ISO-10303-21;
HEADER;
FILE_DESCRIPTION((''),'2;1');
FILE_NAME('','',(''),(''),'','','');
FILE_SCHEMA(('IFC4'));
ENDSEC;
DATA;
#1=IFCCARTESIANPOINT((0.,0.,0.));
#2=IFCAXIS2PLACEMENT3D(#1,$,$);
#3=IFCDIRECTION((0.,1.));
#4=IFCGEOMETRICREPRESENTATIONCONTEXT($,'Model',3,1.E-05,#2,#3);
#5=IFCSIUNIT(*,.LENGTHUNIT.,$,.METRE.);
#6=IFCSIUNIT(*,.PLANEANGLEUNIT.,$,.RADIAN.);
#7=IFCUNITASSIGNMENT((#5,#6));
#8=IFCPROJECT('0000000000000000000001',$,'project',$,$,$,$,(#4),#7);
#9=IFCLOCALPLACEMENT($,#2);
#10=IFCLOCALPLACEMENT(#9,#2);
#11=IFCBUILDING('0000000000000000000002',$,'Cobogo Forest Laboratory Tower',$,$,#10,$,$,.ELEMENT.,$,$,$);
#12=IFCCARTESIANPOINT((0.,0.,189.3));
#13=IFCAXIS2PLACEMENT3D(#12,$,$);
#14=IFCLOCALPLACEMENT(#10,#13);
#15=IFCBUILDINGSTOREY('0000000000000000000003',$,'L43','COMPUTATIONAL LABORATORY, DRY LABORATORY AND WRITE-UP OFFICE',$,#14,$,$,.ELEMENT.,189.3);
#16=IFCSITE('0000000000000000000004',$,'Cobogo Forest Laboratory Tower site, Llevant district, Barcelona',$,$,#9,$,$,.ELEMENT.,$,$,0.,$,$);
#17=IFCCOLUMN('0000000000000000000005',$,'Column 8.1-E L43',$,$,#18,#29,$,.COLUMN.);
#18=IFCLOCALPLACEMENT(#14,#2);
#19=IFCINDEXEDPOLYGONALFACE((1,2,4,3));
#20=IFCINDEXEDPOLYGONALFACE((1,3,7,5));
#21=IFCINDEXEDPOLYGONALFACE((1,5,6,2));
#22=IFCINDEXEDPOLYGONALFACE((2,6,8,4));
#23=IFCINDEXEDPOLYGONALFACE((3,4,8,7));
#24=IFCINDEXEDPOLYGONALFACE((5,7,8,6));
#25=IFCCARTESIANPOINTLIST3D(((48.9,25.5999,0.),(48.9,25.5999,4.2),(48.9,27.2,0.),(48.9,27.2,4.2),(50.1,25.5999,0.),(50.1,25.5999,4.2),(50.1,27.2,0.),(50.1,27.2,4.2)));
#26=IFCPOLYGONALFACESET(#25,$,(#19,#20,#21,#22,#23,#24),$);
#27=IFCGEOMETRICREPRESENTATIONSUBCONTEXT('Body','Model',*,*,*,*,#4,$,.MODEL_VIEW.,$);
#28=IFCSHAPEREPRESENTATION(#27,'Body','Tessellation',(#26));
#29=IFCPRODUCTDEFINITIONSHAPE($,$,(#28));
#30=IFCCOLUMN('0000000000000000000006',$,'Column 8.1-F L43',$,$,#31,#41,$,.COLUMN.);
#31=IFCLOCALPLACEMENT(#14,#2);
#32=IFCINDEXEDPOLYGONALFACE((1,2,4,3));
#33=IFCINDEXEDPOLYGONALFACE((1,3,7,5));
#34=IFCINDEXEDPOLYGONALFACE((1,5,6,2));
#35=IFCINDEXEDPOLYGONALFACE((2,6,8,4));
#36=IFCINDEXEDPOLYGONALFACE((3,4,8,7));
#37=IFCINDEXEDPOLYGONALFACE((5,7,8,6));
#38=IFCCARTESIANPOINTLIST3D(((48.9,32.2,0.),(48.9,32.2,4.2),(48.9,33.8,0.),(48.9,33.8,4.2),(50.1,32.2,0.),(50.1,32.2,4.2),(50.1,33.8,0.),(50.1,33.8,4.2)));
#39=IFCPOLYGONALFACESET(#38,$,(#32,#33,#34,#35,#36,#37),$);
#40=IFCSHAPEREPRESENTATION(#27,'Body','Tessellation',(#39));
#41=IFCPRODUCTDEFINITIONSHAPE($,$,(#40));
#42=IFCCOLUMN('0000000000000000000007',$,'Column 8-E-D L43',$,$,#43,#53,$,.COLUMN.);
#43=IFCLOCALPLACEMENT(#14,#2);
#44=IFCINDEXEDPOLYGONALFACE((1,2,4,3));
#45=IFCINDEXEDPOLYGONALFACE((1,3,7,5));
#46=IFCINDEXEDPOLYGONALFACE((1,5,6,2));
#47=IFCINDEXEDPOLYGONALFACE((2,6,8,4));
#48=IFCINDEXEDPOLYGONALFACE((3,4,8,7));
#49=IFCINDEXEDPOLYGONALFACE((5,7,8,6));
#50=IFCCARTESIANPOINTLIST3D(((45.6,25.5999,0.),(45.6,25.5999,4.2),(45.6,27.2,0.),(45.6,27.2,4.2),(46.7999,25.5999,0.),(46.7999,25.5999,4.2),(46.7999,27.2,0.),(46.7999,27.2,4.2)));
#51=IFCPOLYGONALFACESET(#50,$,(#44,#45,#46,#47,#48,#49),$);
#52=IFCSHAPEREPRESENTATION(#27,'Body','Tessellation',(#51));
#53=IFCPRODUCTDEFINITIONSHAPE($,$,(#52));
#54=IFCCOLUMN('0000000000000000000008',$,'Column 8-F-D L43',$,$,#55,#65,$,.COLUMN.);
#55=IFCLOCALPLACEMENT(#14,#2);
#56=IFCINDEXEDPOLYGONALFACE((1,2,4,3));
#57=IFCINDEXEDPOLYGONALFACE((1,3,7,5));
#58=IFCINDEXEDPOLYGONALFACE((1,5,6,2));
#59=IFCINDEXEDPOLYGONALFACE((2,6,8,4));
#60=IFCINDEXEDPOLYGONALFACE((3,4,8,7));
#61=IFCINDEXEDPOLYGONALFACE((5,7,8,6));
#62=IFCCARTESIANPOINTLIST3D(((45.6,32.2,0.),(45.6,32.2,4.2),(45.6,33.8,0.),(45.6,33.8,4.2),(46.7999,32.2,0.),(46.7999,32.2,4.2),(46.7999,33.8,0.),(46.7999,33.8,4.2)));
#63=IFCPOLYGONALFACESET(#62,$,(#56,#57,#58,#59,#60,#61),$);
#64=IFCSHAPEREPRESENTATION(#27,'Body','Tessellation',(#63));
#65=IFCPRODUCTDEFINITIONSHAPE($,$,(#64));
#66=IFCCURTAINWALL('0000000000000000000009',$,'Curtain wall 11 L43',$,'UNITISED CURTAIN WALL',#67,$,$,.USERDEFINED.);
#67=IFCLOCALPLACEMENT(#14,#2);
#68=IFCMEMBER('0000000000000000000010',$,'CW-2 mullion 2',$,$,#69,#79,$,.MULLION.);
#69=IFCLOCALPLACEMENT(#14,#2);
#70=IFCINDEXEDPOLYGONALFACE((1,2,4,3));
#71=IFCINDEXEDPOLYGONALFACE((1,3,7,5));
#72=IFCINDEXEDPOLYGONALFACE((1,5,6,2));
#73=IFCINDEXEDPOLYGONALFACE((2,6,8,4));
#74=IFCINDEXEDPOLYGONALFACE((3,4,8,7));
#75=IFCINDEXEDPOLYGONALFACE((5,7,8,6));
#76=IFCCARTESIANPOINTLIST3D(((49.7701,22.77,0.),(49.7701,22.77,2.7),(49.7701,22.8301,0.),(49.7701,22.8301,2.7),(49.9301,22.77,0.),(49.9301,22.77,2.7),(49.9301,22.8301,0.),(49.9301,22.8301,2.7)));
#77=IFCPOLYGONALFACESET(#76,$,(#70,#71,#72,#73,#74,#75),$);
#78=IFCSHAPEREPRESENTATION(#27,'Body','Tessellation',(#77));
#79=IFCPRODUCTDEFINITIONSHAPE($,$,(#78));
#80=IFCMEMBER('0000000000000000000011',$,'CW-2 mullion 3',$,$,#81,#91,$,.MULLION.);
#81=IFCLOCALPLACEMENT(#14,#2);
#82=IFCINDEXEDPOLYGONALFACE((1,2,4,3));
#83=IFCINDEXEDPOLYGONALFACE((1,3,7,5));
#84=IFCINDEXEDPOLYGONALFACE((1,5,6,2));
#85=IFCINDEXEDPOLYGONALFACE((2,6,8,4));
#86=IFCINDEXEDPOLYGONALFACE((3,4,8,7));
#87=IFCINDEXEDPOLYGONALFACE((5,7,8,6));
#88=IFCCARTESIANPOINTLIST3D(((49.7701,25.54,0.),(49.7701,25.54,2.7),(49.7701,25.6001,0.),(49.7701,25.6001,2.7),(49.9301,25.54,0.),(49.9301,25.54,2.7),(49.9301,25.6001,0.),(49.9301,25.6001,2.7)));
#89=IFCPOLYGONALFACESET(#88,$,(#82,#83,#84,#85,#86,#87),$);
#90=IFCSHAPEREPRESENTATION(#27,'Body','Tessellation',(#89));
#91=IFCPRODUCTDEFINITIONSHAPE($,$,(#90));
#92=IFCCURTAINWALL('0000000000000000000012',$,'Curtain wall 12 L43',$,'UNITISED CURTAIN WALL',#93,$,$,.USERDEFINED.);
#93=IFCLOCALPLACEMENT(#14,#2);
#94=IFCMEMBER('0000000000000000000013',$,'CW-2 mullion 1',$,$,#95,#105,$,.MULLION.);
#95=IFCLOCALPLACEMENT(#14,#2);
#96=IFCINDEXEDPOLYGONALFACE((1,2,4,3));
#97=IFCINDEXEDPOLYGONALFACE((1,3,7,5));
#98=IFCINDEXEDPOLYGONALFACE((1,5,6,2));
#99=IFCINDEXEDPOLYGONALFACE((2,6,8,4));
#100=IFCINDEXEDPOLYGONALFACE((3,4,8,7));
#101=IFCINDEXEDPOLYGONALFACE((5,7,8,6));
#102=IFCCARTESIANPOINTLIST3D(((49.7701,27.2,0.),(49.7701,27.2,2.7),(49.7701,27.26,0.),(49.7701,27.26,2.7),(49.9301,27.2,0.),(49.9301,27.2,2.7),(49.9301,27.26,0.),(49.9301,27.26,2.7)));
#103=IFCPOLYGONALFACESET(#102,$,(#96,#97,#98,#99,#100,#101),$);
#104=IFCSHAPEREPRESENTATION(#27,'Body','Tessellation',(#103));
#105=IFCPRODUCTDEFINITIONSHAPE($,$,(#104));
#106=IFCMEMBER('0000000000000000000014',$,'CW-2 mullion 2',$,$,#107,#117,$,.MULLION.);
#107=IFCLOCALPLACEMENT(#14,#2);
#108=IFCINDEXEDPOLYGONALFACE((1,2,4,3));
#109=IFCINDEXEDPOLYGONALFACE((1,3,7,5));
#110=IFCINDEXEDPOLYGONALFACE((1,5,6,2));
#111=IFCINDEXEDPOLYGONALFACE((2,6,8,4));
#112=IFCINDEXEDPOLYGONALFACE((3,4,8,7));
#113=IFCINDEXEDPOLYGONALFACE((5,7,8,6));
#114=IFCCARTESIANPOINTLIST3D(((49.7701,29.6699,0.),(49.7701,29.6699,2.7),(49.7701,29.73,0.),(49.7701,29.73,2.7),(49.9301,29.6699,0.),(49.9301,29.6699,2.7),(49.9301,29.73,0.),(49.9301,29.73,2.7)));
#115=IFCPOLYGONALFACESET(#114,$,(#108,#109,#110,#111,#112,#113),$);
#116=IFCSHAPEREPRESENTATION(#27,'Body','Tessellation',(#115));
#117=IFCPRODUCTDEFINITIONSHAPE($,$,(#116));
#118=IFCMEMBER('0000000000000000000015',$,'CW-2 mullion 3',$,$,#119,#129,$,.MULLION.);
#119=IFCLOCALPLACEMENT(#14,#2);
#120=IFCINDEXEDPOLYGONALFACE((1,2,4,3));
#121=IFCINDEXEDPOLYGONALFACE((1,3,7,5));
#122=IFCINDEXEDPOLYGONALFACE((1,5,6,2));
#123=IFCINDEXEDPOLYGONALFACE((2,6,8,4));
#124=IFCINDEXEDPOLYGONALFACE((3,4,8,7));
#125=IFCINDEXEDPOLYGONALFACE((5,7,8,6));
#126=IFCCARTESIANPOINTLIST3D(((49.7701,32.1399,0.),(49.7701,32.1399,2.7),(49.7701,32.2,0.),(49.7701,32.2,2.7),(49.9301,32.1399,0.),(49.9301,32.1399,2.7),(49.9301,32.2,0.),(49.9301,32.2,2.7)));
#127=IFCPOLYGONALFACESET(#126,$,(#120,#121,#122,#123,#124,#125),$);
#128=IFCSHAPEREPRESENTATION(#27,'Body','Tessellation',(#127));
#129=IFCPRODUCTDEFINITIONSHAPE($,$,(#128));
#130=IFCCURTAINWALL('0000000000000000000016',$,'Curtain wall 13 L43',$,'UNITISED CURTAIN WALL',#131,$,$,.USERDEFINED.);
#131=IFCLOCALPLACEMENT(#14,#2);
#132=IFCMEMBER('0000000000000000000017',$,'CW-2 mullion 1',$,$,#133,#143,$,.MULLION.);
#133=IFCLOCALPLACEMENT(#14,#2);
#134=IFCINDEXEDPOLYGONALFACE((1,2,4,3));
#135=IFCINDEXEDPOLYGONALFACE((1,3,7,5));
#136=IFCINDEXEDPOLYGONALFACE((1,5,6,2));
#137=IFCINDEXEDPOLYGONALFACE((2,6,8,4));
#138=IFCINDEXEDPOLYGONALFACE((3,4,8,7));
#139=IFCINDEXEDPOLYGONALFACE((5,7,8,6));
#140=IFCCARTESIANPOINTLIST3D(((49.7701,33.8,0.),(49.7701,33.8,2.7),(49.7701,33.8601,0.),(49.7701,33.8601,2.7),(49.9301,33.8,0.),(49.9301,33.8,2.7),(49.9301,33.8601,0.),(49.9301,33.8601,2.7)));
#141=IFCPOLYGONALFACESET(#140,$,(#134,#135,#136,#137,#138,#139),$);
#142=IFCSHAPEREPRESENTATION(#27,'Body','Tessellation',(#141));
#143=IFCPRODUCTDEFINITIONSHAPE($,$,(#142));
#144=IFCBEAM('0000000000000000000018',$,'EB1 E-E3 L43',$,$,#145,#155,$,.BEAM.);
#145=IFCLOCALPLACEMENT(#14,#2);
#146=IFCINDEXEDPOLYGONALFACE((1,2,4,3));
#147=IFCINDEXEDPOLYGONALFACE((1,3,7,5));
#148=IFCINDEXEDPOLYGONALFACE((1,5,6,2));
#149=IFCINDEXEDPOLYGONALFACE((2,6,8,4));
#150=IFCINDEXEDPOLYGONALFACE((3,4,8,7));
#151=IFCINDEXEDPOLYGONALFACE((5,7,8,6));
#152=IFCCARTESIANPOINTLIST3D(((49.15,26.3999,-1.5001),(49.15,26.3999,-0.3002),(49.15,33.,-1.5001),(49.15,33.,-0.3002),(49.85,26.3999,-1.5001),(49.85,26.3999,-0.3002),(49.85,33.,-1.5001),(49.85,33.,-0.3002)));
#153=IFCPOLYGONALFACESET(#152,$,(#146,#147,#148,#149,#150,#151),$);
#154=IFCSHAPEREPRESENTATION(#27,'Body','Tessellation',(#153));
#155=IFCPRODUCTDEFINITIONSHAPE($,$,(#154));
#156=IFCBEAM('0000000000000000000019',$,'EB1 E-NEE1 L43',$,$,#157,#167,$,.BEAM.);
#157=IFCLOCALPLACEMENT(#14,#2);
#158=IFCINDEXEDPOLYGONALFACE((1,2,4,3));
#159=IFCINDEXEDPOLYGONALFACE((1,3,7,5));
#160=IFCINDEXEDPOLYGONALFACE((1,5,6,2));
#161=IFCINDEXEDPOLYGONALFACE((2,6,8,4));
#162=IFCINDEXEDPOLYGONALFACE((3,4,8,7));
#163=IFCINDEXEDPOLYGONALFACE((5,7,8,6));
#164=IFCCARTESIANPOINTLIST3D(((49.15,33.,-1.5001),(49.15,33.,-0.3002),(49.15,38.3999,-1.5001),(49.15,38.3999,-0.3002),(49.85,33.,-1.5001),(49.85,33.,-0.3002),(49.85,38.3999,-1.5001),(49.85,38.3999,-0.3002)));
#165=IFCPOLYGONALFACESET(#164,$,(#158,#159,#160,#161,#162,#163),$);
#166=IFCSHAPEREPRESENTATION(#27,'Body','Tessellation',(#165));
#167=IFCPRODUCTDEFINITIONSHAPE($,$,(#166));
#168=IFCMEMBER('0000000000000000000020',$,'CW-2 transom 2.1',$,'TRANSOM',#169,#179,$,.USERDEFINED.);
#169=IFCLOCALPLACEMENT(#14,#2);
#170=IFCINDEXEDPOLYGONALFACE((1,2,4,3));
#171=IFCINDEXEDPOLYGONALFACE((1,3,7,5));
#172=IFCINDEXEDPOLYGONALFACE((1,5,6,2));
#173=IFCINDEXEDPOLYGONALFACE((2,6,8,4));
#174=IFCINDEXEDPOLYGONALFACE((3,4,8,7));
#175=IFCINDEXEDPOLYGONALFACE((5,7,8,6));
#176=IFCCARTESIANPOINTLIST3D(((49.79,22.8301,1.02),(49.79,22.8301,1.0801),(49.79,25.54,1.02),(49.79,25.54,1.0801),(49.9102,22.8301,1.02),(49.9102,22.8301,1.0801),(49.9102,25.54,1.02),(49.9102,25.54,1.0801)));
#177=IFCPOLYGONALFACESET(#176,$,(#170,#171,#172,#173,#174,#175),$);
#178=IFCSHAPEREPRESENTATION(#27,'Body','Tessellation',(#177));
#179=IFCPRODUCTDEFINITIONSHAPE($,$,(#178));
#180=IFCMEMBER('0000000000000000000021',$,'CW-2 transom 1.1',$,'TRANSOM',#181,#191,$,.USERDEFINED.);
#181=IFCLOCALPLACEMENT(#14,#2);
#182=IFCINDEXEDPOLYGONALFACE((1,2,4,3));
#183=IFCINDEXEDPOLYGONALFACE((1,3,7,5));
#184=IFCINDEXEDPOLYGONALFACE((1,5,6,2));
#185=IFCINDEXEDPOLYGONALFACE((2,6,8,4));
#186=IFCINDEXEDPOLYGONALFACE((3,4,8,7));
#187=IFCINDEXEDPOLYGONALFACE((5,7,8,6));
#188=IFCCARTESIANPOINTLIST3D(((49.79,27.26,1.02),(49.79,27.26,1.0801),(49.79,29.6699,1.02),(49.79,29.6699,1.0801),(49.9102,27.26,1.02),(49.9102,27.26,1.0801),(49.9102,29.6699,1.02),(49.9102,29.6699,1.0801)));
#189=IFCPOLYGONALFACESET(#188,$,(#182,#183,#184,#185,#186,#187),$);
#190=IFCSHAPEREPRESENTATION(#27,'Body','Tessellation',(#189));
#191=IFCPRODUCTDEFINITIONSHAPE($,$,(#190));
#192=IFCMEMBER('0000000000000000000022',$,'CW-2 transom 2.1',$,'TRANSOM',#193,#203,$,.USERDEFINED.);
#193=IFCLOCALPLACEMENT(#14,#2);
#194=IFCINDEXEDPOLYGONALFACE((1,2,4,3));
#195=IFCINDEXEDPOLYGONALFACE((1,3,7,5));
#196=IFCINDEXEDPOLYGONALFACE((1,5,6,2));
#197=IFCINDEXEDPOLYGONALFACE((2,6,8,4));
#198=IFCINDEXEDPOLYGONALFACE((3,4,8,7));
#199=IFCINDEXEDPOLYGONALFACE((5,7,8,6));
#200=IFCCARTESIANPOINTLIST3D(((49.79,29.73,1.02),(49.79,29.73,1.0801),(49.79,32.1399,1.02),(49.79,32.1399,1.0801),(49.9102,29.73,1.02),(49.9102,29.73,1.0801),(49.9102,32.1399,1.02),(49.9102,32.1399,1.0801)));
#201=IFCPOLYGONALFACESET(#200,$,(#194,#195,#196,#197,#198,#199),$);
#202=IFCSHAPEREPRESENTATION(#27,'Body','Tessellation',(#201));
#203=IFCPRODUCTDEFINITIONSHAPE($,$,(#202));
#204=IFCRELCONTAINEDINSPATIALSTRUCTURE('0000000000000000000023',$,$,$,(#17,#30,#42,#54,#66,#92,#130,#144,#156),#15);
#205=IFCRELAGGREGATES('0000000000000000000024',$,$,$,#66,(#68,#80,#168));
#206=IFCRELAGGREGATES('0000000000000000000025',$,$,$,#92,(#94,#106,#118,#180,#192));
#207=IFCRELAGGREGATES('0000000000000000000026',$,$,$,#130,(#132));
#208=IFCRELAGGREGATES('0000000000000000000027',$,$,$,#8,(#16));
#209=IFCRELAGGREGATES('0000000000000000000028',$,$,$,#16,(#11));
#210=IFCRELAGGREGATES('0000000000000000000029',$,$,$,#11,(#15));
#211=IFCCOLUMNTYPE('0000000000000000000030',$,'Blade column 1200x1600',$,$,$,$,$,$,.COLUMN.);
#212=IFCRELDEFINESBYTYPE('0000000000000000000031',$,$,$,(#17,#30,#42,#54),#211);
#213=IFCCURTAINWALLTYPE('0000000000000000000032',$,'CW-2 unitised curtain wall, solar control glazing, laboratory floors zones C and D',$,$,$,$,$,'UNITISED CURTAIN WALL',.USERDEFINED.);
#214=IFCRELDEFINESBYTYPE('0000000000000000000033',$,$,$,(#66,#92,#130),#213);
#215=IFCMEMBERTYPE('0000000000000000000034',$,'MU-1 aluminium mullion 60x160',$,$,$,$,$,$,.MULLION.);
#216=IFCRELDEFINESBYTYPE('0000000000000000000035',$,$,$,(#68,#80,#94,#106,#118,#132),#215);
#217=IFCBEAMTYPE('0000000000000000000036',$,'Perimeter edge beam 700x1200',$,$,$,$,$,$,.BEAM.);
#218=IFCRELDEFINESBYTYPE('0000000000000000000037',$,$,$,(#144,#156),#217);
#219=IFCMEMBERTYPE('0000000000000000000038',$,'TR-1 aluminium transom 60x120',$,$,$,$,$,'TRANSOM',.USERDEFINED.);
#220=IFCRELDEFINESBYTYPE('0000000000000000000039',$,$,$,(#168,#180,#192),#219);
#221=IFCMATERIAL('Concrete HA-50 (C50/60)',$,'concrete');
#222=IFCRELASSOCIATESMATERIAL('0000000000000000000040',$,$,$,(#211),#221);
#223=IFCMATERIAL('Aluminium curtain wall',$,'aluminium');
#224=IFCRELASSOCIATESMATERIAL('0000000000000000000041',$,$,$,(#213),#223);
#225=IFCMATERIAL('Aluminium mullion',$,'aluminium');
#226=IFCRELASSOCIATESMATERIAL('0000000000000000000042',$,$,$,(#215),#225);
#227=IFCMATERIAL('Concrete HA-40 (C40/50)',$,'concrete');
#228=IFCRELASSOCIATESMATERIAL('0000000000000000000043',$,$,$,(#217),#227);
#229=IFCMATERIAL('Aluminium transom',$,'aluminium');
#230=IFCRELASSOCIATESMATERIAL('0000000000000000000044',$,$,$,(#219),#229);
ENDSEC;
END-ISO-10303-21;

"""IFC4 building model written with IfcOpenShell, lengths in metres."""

from ifc_helpers import new_model, si_unit, direction, frame, origin, origin_2d, place, context, subcontext, project, spatial, rectangle, extrude, material, material_profile, profile_set, type_object, element, aggregate, save


model = new_model("IFC4")

# Units and contexts
model_context = context("Model", 3, precision=1e-05, world=origin(), true_north=direction((0.0, 1.0)))
body_context = subcontext(model_context, "Body", "Model", "MODEL_VIEW")
ifc_project = project(units=[si_unit("LENGTHUNIT", "METRE"), si_unit("PLANEANGLEUNIT", "RADIAN")], contexts=[model_context])

# Site, building, storey
site_placement = place(None, origin())
site = spatial("IfcSite", under=ifc_project, at=site_placement, Name="Cobogo Forest Laboratory Tower site, Llevant district, Barcelona", CompositionType="ELEMENT", RefElevation=0.0)
building_placement = place(site_placement, origin())
building = spatial("IfcBuilding", under=site, at=building_placement, Name="Cobogo Forest Laboratory Tower", CompositionType="ELEMENT")
storey_placement = place(building_placement, frame((0.0, 0.0, 189.3)))
storey = spatial("IfcBuildingStorey", under=building, at=storey_placement, Name="L43", Description="COMPUTATIONAL LABORATORY, DRY LABORATORY AND WRITE-UP OFFICE", CompositionType="ELEMENT", Elevation=189.3)

# Columns
ifc_material_1 = material(Name="Concrete HA-50 (C50/60)", Category="concrete")
ifc_material_profile_1 = material_profile(ifc_material_1, rectangle(XDim=1.6001, YDim=1.2, at=origin_2d()), Name="RC 1200x1600")
ifc_profile_set_1 = profile_set([ifc_material_profile_1], Name="Concrete HA-50 (C50/60)")
column_type = type_object("IfcColumnType", Name="Blade column 1200x1600", PredefinedType="COLUMN", material=ifc_profile_set_1)
for number, where, z_axis, x_axis, name in (
    (1, (49.5, 26.3999, 0.0), (0.0, 0.0, 1.0), (0.0, 1.0, 0.0), "Column 8.1-E L43"),
    (2, (49.5, 33.0, 0.0), (0.0, 0.0, 1.0), (0.0, 1.0, 0.0), "Column 8.1-F L43"),
    (3, (46.2, 26.3999, 0.0), (0.0, 0.0, 1.0), (0.0, 1.0, 0.0), "Column 8-E-D L43"),
    (4, (46.2, 33.0, 0.0), (0.0, 0.0, 1.0), (0.0, 1.0, 0.0), "Column 8-F-D L43"),
):
    element("IfcColumn", number, at=place(storey_placement, frame(where, z_axis=z_axis, x_axis=x_axis)), inside=storey, type_object=column_type, Name=name, PredefinedType="COLUMN", context=body_context, shape_type="SweptSolid", body=[
        extrude(rectangle(XDim=1.6001, YDim=1.2, at=origin_2d()), origin(), (0.0, 0.0, 1.0), 4.2),
    ])

# Curtain walls, members
ifc_material_2 = material(Name="Aluminium curtain wall", Category="aluminium")
curtain_wall_type = type_object("IfcCurtainWallType", Name="CW-2 unitised curtain wall, solar control glazing, laboratory floors zones C and D", ElementType="UNITISED CURTAIN WALL", PredefinedType="USERDEFINED", material=ifc_material_2)
curtain_wall_1_placement = place(storey_placement, origin())
curtain_wall_1 = element("IfcCurtainWall", 5, at=curtain_wall_1_placement, inside=storey, type_object=curtain_wall_type, Name="Curtain wall 11 L43", ObjectType="UNITISED CURTAIN WALL", PredefinedType="USERDEFINED")
ifc_material_3 = material(Name="Aluminium mullion", Category="aluminium")
ifc_material_profile_2 = material_profile(ifc_material_3, rectangle(XDim=0.0601, YDim=0.1599, at=origin_2d()), Name="AL 60x160")
ifc_profile_set_2 = profile_set([ifc_material_profile_2], Name="Aluminium mullion")
member_type_1 = type_object("IfcMemberType", Name="MU-1 aluminium mullion 60x160", PredefinedType="MULLION", material=ifc_profile_set_2)
member_1_placement = place(storey_placement, frame((49.8501, 22.8, 0.0), z_axis=(0.0, 0.0, 1.0), x_axis=(0.0, 1.0, 0.0)))
member_1 = element("IfcMember", 6, at=member_1_placement, type_object=member_type_1, Name="CW-2 mullion 2", PredefinedType="MULLION", context=body_context, shape_type="SweptSolid", body=[
    extrude(rectangle(XDim=0.0601, YDim=0.1599, at=origin_2d()), origin(), (0.0, 0.0, 1.0), 2.7),
])
member_2_placement = place(storey_placement, frame((49.8501, 25.5701, 0.0), z_axis=(0.0, 0.0, 1.0), x_axis=(0.0, 1.0, 0.0)))
member_2 = element("IfcMember", 7, at=member_2_placement, type_object=member_type_1, Name="CW-2 mullion 3", PredefinedType="MULLION", context=body_context, shape_type="SweptSolid", body=[
    extrude(rectangle(XDim=0.0601, YDim=0.1599, at=origin_2d()), origin(), (0.0, 0.0, 1.0), 2.7),
])
curtain_wall_2_placement = place(storey_placement, origin())
curtain_wall_2 = element("IfcCurtainWall", 8, at=curtain_wall_2_placement, inside=storey, type_object=curtain_wall_type, Name="Curtain wall 12 L43", ObjectType="UNITISED CURTAIN WALL", PredefinedType="USERDEFINED")
member_3_placement = place(storey_placement, frame((49.8501, 27.23, 0.0), z_axis=(0.0, 0.0, 1.0), x_axis=(0.0, 1.0, 0.0)))
member_3 = element("IfcMember", 9, at=member_3_placement, type_object=member_type_1, Name="CW-2 mullion 1", PredefinedType="MULLION", context=body_context, shape_type="SweptSolid", body=[
    extrude(rectangle(XDim=0.0601, YDim=0.1599, at=origin_2d()), origin(), (0.0, 0.0, 1.0), 2.7),
])
member_4_placement = place(storey_placement, frame((49.8501, 29.7, 0.0), z_axis=(0.0, 0.0, 1.0), x_axis=(0.0, 1.0, 0.0)))
member_4 = element("IfcMember", 10, at=member_4_placement, type_object=member_type_1, Name="CW-2 mullion 2", PredefinedType="MULLION", context=body_context, shape_type="SweptSolid", body=[
    extrude(rectangle(XDim=0.0601, YDim=0.1599, at=origin_2d()), origin(), (0.0, 0.0, 1.0), 2.7),
])
member_5_placement = place(storey_placement, frame((49.8501, 32.1699, 0.0), z_axis=(0.0, 0.0, 1.0), x_axis=(0.0, 1.0, 0.0)))
member_5 = element("IfcMember", 11, at=member_5_placement, type_object=member_type_1, Name="CW-2 mullion 3", PredefinedType="MULLION", context=body_context, shape_type="SweptSolid", body=[
    extrude(rectangle(XDim=0.0601, YDim=0.1599, at=origin_2d()), origin(), (0.0, 0.0, 1.0), 2.7),
])

# Curtain wall, member
curtain_wall_3_placement = place(storey_placement, origin())
curtain_wall_3 = element("IfcCurtainWall", 12, at=curtain_wall_3_placement, inside=storey, type_object=curtain_wall_type, Name="Curtain wall 13 L43", ObjectType="UNITISED CURTAIN WALL", PredefinedType="USERDEFINED")
member_6_placement = place(storey_placement, frame((49.8501, 33.8301, 0.0), z_axis=(0.0, 0.0, 1.0), x_axis=(0.0, 1.0, 0.0)))
member_6 = element("IfcMember", 13, at=member_6_placement, type_object=member_type_1, Name="CW-2 mullion 1", PredefinedType="MULLION", context=body_context, shape_type="SweptSolid", body=[
    extrude(rectangle(XDim=0.0601, YDim=0.1599, at=origin_2d()), origin(), (0.0, 0.0, 1.0), 2.7),
])

# Beams
ifc_material_4 = material(Name="Concrete HA-40 (C40/50)", Category="concrete")
ifc_material_profile_3 = material_profile(ifc_material_4, rectangle(XDim=0.7, YDim=1.2, at=origin_2d()), Name="RC 700x1200")
ifc_profile_set_3 = profile_set([ifc_material_profile_3], Name="Concrete HA-40 (C40/50)")
beam_type = type_object("IfcBeamType", Name="Perimeter edge beam 700x1200", PredefinedType="BEAM", material=ifc_profile_set_3)
beam_1_placement = place(storey_placement, frame((49.5, 26.3999, -0.9001), z_axis=(0.0, 1.0, 0.0), x_axis=(-1.0, 0.0, 0.0)))
element("IfcBeam", 14, at=beam_1_placement, inside=storey, type_object=beam_type, Name="EB1 E-E3 L43", PredefinedType="BEAM", context=body_context, shape_type="SweptSolid", body=[
    extrude(rectangle(XDim=0.7, YDim=1.2, at=origin_2d()), origin(), (0.0, 0.0, 1.0), 6.6001),
])
beam_2_placement = place(storey_placement, frame((49.5, 33.0, -0.9001), z_axis=(0.0, 1.0, 0.0), x_axis=(-1.0, 0.0, 0.0)))
element("IfcBeam", 15, at=beam_2_placement, inside=storey, type_object=beam_type, Name="EB1 E-NEE1 L43", PredefinedType="BEAM", context=body_context, shape_type="SweptSolid", body=[
    extrude(rectangle(XDim=0.7, YDim=1.2, at=origin_2d()), origin(), (0.0, 0.0, 1.0), 5.3999),
])

# Members
ifc_material_5 = material(Name="Aluminium transom", Category="aluminium")
ifc_material_profile_4 = material_profile(ifc_material_5, rectangle(XDim=0.1201, YDim=0.0601, at=origin_2d()), Name="AL 60x120")
ifc_profile_set_4 = profile_set([ifc_material_profile_4], Name="Aluminium transom")
member_type_2 = type_object("IfcMemberType", Name="TR-1 aluminium transom 60x120", ElementType="TRANSOM", PredefinedType="USERDEFINED", material=ifc_profile_set_4)
member_7_placement = place(storey_placement, frame((49.8501, 22.8301, 1.05), z_axis=(0.0, 1.0, 0.0), x_axis=(-1.0, 0.0, 0.0)))
member_7 = element("IfcMember", 16, at=member_7_placement, type_object=member_type_2, Name="CW-2 transom 2.1", ObjectType="TRANSOM", PredefinedType="USERDEFINED", context=body_context, shape_type="SweptSolid", body=[
    extrude(rectangle(XDim=0.1201, YDim=0.0601, at=origin_2d()), origin(), (0.0, 0.0, 1.0), 2.71),
])
member_8_placement = place(storey_placement, frame((49.8501, 27.26, 1.05), z_axis=(0.0, 1.0, 0.0), x_axis=(-1.0, 0.0, 0.0)))
member_8 = element("IfcMember", 17, at=member_8_placement, type_object=member_type_2, Name="CW-2 transom 1.1", ObjectType="TRANSOM", PredefinedType="USERDEFINED", context=body_context, shape_type="SweptSolid", body=[
    extrude(rectangle(XDim=0.1201, YDim=0.0601, at=origin_2d()), origin(), (0.0, 0.0, 1.0), 2.4099),
])
member_9_placement = place(storey_placement, frame((49.8501, 29.73, 1.05), z_axis=(0.0, 1.0, 0.0), x_axis=(-1.0, 0.0, 0.0)))
member_9 = element("IfcMember", 18, at=member_9_placement, type_object=member_type_2, Name="CW-2 transom 2.1", ObjectType="TRANSOM", PredefinedType="USERDEFINED", context=body_context, shape_type="SweptSolid", body=[
    extrude(rectangle(XDim=0.1201, YDim=0.0601, at=origin_2d()), origin(), (0.0, 0.0, 1.0), 2.4099),
])

aggregate(curtain_wall_1, [member_1, member_2, member_7])
aggregate(curtain_wall_2, [member_3, member_4, member_5, member_8, member_9])
aggregate(curtain_wall_3, [member_6])

save(model, "model.ifc")
